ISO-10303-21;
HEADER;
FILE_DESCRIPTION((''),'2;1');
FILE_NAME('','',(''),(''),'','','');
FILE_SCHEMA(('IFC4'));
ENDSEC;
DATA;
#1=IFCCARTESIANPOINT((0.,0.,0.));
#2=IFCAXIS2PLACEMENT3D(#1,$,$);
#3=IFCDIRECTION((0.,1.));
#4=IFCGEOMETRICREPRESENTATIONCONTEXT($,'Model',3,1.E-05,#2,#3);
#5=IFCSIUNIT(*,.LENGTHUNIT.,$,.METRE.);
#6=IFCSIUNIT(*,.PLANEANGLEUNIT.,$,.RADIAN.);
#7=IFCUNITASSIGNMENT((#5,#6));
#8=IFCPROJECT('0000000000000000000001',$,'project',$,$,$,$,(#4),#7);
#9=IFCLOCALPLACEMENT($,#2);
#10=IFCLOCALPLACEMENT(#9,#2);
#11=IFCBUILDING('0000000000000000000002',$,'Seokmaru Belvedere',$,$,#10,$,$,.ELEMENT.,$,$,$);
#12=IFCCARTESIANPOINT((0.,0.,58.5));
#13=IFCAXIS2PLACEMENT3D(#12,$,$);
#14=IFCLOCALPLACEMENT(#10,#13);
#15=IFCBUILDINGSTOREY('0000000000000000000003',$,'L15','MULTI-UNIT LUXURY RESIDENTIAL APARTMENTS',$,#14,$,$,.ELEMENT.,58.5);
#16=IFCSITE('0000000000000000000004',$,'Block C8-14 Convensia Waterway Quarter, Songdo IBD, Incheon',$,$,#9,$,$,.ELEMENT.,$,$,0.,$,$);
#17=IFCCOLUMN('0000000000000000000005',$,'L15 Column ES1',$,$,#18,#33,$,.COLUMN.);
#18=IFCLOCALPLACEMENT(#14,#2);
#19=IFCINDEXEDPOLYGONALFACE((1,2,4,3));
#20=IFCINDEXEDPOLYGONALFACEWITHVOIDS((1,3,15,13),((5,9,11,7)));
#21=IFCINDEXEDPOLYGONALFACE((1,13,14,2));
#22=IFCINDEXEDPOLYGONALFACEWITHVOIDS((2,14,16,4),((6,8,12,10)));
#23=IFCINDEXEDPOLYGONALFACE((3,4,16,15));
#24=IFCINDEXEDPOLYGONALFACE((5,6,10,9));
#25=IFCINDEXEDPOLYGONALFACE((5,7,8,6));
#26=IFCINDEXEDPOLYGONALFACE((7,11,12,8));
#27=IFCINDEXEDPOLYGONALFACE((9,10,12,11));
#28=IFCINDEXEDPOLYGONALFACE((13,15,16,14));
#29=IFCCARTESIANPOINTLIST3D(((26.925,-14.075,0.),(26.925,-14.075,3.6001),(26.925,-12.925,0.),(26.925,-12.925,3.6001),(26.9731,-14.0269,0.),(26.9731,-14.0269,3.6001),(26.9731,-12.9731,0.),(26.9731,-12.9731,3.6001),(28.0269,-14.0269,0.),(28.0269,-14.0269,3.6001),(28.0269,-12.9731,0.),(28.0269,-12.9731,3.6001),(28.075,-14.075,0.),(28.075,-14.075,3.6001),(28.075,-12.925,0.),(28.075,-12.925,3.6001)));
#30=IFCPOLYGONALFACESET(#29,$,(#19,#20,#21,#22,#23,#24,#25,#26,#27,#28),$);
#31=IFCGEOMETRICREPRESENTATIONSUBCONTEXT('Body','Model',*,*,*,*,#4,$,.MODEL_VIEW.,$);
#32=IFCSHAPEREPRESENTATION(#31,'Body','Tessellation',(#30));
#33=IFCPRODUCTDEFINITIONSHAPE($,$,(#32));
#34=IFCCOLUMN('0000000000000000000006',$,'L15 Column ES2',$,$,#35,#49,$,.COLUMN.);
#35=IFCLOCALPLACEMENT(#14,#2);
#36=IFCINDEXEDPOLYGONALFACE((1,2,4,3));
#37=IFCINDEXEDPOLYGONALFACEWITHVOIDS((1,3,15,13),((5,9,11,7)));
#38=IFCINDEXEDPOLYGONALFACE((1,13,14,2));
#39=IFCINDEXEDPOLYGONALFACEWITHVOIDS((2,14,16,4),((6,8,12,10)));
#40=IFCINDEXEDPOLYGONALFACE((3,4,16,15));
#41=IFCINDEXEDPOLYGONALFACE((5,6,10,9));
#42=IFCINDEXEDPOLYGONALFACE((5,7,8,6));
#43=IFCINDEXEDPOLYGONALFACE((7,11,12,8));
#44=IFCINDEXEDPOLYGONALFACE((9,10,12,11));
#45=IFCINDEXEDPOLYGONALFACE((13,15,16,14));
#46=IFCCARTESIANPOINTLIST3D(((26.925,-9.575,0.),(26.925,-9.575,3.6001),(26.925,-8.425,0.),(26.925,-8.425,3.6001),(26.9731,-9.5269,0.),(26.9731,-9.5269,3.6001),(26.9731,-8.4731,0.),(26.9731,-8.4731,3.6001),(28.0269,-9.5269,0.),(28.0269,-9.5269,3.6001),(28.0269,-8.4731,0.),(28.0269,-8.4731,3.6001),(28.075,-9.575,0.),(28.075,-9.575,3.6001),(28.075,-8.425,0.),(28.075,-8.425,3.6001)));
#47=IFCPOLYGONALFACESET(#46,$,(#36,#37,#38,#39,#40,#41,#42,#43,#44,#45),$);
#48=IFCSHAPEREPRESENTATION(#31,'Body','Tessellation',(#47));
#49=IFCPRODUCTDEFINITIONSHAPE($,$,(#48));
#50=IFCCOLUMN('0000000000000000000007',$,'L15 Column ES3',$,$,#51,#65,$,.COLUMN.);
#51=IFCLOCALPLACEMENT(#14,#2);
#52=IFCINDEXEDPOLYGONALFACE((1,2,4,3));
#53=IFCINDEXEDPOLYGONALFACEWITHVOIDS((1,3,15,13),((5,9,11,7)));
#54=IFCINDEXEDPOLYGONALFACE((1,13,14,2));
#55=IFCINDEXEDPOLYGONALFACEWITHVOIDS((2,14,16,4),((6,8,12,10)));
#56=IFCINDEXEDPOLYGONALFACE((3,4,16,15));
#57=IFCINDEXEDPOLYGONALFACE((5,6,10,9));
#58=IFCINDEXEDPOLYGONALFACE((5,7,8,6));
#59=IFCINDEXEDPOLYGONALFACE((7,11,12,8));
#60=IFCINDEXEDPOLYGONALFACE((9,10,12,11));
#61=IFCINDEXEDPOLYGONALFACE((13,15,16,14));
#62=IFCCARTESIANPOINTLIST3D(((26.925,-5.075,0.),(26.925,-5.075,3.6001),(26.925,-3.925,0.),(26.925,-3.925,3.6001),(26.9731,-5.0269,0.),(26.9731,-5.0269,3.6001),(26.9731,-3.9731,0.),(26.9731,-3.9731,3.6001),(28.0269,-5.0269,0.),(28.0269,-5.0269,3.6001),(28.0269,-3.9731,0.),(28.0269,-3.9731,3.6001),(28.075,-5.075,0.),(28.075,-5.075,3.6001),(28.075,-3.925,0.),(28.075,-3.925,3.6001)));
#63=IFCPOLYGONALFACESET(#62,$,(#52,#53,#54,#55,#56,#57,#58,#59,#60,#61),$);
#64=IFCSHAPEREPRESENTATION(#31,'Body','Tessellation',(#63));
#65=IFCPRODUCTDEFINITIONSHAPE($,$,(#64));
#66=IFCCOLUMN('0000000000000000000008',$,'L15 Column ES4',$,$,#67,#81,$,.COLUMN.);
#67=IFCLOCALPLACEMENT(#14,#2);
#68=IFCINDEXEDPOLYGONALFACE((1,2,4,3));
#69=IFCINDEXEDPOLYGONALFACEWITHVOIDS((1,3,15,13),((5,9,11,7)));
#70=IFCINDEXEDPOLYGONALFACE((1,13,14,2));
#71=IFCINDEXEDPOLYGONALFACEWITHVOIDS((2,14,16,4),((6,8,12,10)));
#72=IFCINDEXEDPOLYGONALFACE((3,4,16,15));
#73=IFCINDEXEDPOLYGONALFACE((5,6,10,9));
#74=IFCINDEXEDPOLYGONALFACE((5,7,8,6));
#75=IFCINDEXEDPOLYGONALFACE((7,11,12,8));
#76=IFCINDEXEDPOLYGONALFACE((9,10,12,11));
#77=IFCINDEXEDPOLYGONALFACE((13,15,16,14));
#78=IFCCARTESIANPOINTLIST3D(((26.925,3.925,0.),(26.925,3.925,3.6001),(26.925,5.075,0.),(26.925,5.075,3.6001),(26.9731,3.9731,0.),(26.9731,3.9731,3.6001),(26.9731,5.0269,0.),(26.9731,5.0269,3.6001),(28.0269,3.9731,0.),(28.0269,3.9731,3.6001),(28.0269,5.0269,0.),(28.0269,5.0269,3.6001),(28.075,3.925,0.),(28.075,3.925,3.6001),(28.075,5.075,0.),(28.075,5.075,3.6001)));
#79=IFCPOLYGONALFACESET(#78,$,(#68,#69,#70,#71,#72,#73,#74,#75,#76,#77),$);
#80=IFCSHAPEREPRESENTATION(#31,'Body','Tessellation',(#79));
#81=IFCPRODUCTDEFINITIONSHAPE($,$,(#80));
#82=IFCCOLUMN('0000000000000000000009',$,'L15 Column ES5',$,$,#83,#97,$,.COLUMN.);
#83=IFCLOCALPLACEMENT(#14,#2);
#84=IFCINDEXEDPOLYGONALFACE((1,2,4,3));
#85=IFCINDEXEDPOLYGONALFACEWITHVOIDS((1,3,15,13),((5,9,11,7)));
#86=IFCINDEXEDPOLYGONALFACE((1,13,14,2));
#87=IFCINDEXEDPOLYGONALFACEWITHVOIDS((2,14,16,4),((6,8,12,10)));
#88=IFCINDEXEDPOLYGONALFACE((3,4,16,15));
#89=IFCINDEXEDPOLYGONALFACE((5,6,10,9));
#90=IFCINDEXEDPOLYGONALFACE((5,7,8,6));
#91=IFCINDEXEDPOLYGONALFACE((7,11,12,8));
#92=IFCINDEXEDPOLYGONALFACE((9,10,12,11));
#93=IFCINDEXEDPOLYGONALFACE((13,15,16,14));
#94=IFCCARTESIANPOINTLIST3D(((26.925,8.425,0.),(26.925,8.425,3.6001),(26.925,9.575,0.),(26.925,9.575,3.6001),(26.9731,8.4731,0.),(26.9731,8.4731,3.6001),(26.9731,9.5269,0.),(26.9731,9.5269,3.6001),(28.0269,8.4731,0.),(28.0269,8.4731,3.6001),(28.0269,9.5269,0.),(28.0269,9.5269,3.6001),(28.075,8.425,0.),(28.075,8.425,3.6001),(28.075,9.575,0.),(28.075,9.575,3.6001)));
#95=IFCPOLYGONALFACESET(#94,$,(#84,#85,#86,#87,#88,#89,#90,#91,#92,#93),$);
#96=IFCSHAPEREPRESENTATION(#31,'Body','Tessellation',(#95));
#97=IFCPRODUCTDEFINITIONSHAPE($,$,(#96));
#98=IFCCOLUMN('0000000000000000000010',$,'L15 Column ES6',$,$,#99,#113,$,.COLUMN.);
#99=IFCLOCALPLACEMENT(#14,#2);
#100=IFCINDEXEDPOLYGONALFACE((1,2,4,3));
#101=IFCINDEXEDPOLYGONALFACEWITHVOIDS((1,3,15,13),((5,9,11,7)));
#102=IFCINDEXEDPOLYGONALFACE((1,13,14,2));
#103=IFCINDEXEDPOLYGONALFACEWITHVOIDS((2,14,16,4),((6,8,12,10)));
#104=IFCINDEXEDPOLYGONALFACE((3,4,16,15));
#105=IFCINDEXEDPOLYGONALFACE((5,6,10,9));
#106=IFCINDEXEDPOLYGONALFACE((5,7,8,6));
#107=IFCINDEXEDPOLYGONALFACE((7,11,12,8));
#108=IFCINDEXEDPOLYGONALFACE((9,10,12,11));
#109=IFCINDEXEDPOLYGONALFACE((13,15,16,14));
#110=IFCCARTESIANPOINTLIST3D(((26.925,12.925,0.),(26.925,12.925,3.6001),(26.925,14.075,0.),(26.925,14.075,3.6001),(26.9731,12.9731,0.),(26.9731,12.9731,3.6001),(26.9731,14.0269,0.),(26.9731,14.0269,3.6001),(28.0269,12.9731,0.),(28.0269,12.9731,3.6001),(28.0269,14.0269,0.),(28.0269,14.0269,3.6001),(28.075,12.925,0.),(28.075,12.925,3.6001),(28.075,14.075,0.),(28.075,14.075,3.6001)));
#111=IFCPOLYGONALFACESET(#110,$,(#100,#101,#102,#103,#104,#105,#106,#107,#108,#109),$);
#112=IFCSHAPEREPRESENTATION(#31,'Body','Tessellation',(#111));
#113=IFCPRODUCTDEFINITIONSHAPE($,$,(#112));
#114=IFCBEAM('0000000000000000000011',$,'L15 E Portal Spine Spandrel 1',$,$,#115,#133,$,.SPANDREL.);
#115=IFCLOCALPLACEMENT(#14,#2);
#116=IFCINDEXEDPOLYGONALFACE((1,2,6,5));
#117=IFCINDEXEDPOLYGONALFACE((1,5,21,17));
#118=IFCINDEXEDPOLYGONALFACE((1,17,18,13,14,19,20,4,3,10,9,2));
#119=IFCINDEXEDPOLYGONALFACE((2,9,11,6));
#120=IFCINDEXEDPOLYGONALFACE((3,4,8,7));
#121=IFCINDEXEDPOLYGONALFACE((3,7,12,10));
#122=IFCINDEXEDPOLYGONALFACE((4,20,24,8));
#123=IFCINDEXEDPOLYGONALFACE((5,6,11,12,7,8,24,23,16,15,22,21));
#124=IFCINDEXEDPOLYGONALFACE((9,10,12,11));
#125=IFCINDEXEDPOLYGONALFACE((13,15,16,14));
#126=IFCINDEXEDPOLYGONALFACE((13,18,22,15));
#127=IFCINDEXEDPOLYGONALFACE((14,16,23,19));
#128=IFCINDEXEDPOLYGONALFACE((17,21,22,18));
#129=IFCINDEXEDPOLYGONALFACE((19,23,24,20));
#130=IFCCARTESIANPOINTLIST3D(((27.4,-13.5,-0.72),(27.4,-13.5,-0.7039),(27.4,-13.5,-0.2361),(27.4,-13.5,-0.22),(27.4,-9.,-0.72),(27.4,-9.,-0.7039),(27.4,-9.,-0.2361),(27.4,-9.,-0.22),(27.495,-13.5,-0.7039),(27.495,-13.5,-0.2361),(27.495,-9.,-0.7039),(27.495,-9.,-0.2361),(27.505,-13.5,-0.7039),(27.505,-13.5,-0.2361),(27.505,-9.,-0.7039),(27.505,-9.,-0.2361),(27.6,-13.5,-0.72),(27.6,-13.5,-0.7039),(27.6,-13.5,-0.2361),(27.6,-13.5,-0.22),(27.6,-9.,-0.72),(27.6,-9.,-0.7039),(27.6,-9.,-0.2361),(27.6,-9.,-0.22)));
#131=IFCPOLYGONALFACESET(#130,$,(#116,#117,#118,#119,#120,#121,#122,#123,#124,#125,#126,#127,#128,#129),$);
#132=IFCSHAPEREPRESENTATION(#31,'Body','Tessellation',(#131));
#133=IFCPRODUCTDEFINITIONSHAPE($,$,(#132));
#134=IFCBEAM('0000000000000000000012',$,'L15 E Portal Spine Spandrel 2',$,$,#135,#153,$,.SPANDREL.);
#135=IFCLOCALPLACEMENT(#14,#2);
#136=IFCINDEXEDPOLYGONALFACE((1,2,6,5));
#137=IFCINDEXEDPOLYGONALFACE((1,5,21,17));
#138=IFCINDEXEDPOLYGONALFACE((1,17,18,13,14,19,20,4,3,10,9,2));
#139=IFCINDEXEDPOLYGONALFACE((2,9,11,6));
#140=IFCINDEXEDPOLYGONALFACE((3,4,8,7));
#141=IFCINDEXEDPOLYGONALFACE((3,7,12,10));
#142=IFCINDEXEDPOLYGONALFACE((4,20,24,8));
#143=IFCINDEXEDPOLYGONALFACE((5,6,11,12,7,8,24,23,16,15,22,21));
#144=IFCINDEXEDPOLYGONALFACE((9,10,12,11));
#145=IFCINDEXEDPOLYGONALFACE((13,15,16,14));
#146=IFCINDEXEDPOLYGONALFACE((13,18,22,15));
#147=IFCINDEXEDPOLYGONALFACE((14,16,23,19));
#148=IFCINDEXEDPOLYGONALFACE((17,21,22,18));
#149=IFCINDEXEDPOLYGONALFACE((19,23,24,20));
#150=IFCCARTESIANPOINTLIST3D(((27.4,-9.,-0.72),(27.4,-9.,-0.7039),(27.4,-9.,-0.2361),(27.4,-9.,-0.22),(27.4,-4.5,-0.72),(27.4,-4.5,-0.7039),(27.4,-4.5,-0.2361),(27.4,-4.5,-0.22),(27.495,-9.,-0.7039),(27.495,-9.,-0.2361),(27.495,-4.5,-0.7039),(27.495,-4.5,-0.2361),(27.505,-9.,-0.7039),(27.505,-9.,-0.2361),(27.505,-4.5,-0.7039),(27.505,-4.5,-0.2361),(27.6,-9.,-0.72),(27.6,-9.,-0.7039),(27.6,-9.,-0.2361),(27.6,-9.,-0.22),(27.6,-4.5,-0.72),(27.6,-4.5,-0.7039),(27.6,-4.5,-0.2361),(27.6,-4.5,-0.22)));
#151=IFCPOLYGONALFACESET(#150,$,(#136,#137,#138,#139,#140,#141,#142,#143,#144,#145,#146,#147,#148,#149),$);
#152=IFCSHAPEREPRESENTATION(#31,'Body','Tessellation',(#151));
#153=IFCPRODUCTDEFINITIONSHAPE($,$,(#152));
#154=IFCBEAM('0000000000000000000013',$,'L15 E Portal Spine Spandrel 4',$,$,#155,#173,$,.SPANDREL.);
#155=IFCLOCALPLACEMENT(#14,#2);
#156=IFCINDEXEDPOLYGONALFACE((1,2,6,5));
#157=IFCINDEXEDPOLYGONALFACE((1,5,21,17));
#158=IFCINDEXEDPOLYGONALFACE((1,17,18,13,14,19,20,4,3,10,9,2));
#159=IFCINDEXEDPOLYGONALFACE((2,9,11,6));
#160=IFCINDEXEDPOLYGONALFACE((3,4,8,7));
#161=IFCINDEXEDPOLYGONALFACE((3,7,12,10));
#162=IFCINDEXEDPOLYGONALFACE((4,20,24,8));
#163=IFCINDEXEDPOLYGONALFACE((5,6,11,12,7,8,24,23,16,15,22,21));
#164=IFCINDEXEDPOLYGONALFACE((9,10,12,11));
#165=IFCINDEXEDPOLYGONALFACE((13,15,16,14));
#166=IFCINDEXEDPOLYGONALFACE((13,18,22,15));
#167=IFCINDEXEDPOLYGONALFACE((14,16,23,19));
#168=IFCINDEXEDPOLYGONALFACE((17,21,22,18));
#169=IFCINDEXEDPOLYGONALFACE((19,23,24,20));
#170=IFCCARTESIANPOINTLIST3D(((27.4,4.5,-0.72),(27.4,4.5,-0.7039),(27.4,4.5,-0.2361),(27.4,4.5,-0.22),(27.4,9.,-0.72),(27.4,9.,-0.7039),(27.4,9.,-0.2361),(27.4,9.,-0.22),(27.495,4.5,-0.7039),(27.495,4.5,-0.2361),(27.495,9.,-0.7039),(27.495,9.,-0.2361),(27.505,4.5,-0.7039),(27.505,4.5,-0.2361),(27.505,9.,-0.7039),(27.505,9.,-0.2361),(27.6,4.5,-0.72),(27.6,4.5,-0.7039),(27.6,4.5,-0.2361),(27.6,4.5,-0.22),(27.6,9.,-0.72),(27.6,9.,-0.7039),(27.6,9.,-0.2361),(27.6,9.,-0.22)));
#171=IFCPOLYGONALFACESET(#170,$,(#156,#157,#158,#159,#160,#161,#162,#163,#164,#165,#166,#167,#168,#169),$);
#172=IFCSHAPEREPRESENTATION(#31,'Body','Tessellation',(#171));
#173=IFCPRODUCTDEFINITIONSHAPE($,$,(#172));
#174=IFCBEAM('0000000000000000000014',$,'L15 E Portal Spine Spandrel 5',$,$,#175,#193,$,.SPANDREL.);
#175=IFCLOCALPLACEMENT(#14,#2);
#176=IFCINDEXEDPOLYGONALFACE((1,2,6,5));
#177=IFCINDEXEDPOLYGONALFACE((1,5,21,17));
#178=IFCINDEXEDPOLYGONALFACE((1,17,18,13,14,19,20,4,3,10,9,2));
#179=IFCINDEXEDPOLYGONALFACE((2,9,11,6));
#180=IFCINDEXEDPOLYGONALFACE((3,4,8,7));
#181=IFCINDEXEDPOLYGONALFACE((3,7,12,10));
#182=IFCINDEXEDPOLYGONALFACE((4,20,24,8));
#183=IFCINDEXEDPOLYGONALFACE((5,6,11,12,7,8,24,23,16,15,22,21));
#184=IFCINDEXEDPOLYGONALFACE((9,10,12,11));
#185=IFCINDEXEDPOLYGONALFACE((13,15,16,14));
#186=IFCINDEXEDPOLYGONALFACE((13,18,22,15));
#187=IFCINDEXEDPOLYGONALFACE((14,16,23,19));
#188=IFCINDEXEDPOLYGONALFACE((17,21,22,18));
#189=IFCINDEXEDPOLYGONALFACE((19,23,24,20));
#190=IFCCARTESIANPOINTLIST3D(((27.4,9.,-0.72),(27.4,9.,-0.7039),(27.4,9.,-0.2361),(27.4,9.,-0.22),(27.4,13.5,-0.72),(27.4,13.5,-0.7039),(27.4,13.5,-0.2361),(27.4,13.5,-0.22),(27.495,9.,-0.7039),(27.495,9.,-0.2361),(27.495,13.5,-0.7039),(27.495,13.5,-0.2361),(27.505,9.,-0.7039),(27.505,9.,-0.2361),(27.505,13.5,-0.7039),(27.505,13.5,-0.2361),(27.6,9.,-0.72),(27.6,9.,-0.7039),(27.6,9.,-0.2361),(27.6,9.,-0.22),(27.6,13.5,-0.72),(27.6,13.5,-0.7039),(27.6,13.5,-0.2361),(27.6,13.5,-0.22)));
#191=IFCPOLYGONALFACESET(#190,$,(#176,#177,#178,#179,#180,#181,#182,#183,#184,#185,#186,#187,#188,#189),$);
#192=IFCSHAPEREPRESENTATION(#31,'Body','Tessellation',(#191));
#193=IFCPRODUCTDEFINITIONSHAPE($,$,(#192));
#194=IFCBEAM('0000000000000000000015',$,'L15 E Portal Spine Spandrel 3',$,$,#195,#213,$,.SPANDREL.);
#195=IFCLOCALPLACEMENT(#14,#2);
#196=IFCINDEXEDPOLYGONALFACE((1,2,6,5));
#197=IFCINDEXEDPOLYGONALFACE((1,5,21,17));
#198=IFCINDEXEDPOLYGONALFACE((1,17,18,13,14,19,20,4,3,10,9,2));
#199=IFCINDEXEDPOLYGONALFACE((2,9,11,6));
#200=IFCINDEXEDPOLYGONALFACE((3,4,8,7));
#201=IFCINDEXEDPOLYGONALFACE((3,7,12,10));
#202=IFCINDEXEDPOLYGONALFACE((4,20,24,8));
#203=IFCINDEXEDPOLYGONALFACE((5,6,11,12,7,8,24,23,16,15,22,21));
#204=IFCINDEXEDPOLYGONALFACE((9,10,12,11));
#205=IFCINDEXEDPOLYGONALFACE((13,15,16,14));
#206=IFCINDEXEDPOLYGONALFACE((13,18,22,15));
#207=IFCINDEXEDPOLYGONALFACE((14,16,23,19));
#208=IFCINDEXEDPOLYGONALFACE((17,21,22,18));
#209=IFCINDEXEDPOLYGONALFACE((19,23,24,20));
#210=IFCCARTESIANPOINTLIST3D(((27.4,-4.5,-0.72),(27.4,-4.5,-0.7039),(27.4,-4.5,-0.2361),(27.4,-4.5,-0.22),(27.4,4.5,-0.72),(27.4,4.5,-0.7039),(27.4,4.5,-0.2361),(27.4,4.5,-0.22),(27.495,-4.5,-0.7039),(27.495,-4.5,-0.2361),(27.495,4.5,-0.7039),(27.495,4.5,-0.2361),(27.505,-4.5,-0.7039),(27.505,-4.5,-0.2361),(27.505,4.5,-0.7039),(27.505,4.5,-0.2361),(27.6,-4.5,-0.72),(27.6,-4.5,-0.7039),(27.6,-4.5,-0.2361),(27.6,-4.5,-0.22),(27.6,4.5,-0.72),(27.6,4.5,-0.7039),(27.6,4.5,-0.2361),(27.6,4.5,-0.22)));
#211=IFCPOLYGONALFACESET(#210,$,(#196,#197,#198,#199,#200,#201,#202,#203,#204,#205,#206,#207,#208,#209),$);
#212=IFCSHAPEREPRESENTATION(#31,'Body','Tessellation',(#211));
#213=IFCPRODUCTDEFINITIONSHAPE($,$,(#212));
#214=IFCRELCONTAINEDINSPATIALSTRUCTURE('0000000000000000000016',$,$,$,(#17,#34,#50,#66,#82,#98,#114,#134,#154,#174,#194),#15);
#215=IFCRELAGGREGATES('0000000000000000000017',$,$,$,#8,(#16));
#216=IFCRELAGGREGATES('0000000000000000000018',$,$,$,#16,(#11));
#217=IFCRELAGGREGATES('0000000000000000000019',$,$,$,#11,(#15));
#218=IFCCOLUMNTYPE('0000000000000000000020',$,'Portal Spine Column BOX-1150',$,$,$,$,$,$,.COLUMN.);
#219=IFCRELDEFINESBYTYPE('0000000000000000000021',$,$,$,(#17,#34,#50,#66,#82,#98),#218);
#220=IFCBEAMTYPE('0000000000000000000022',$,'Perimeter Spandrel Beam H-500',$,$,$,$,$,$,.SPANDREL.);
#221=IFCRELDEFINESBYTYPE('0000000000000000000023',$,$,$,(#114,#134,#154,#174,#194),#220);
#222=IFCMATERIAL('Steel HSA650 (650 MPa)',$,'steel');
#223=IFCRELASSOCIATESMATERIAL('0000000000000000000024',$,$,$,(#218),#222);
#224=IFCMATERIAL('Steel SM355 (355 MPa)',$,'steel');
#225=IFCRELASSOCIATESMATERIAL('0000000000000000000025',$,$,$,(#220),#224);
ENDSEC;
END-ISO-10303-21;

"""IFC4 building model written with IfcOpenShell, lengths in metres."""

from ifc_helpers import new_model, si_unit, direction, frame, origin, origin_2d, place, context, subcontext, project, spatial, hollow_rectangle, i_section, extrude, source, transform, mapped, material, material_profile, profile_set, type_object, type_shapes, element, save


model = new_model("IFC4")

# Units and contexts
model_context = context("Model", 3, precision=1e-05, world=origin(), true_north=direction((0.0, 1.0)))
body_context = subcontext(model_context, "Body", "Model", "MODEL_VIEW")
ifc_project = project(units=[si_unit("LENGTHUNIT", "METRE"), si_unit("PLANEANGLEUNIT", "RADIAN")], contexts=[model_context])

# Site, building, storey
site_placement = place(None, origin())
site = spatial("IfcSite", under=ifc_project, at=site_placement, Name="Block C8-14 Convensia Waterway Quarter, Songdo IBD, Incheon", CompositionType="ELEMENT", RefElevation=0.0)
building_placement = place(site_placement, origin())
building = spatial("IfcBuilding", under=site, at=building_placement, Name="Seokmaru Belvedere", CompositionType="ELEMENT")
storey_placement = place(building_placement, frame((0.0, 0.0, 58.5)))
storey = spatial("IfcBuildingStorey", under=building, at=storey_placement, Name="L15", Description="MULTI-UNIT LUXURY RESIDENTIAL APARTMENTS", CompositionType="ELEMENT", Elevation=58.5)

# Columns
ifc_material_1 = material(Name="Steel HSA650 (650 MPa)", Category="steel")
ifc_material_profile_1 = material_profile(ifc_material_1, hollow_rectangle(XDim=1.1499, YDim=1.1499, WallThickness=0.0481, at=origin_2d()), Name="BOX-1150x1150x48")
ifc_profile_set_1 = profile_set([ifc_material_profile_1], Name="Steel HSA650 (650 MPa)")
column_type = type_object("IfcColumnType", Name="Portal Spine Column BOX-1150", PredefinedType="COLUMN", material=ifc_profile_set_1)
shared_shape_1 = source(origin(), body_context, "Body", "SweptSolid", [
    extrude(hollow_rectangle(XDim=1.1499, YDim=1.1499, WallThickness=0.0481, at=origin_2d()), origin(), (0.0, 0.0, 1.0), 3.6001),
])
type_shapes(column_type, [shared_shape_1])
for number, where, z_axis, x_axis, name in (
    (1, (27.5, -13.5, 0.0), (0.0, 0.0, 1.0), (1.0, 0.0, 0.0), "L15 Column ES1"),
    (2, (27.5, -9.0, 0.0), (0.0, 0.0, 1.0), (1.0, 0.0, 0.0), "L15 Column ES2"),
    (3, (27.5, -4.5, 0.0), (0.0, 0.0, 1.0), (1.0, 0.0, 0.0), "L15 Column ES3"),
    (4, (27.5, 4.5, 0.0), (0.0, 0.0, 1.0), (1.0, 0.0, 0.0), "L15 Column ES4"),
    (5, (27.5, 9.0, 0.0), (0.0, 0.0, 1.0), (1.0, 0.0, 0.0), "L15 Column ES5"),
    (6, (27.5, 13.5, 0.0), (0.0, 0.0, 1.0), (1.0, 0.0, 0.0), "L15 Column ES6"),
):
    element("IfcColumn", number, at=place(storey_placement, frame(where, z_axis=z_axis, x_axis=x_axis)), inside=storey, type_object=column_type, Name=name, PredefinedType="COLUMN", context=body_context, shape_type="MappedRepresentation", body=[
        mapped(shared_shape_1, transform((0.0, 0.0, 0.0), scale=1.0)),
    ])

# Beams
ifc_material_2 = material(Name="Steel SM355 (355 MPa)", Category="steel")
ifc_material_profile_2 = material_profile(ifc_material_2, i_section(OverallWidth=0.2, OverallDepth=0.5, WebThickness=0.01, FlangeThickness=0.0161, at=origin_2d()), Name="H-500x200x10x16")
ifc_profile_set_2 = profile_set([ifc_material_profile_2], Name="Steel SM355 (355 MPa)")
beam_type_1 = type_object("IfcBeamType", Name="Perimeter Spandrel Beam H-500", PredefinedType="SPANDREL", material=ifc_profile_set_2)
shared_shape_2 = source(origin(), body_context, "Body", "SweptSolid", [
    extrude(i_section(OverallWidth=0.2, OverallDepth=0.5, WebThickness=0.01, FlangeThickness=0.0161, at=origin_2d()), origin(), (0.0, 0.0, 1.0), 4.5),
])
for number, where, z_axis, x_axis, name in (
    (7, (27.5, -13.5, -0.47), (0.0, 1.0, 0.0), (-1.0, 0.0, 0.0), "L15 E Portal Spine Spandrel 1"),
    (8, (27.5, -9.0, -0.47), (0.0, 1.0, 0.0), (-1.0, 0.0, 0.0), "L15 E Portal Spine Spandrel 2"),
    (9, (27.5, 4.5, -0.47), (0.0, 1.0, 0.0), (-1.0, 0.0, 0.0), "L15 E Portal Spine Spandrel 4"),
    (10, (27.5, 9.0, -0.47), (0.0, 1.0, 0.0), (-1.0, 0.0, 0.0), "L15 E Portal Spine Spandrel 5"),
):
    element("IfcBeam", number, at=place(storey_placement, frame(where, z_axis=z_axis, x_axis=x_axis)), inside=storey, type_object=beam_type_1, Name=name, PredefinedType="SPANDREL", context=body_context, shape_type="MappedRepresentation", body=[
        mapped(shared_shape_2, transform((0.0, 0.0, 0.0), scale=1.0)),
    ])
shared_shape_3 = source(origin(), body_context, "Body", "SweptSolid", [
    extrude(i_section(OverallWidth=0.2, OverallDepth=0.5, WebThickness=0.01, FlangeThickness=0.0161, at=origin_2d()), origin(), (0.0, 0.0, 1.0), 9.0),
])
type_shapes(beam_type_1, [shared_shape_2, shared_shape_3])
beam_placement = place(storey_placement, frame((27.5, -4.5, -0.47), z_axis=(0.0, 1.0, 0.0), x_axis=(-1.0, 0.0, 0.0)))
element("IfcBeam", 11, at=beam_placement, inside=storey, type_object=beam_type_1, Name="L15 E Portal Spine Spandrel 3", PredefinedType="SPANDREL", context=body_context, shape_type="MappedRepresentation", body=[
    mapped(shared_shape_3, transform((0.0, 0.0, 0.0), scale=1.0)),
])

save(model, "model.ifc")
